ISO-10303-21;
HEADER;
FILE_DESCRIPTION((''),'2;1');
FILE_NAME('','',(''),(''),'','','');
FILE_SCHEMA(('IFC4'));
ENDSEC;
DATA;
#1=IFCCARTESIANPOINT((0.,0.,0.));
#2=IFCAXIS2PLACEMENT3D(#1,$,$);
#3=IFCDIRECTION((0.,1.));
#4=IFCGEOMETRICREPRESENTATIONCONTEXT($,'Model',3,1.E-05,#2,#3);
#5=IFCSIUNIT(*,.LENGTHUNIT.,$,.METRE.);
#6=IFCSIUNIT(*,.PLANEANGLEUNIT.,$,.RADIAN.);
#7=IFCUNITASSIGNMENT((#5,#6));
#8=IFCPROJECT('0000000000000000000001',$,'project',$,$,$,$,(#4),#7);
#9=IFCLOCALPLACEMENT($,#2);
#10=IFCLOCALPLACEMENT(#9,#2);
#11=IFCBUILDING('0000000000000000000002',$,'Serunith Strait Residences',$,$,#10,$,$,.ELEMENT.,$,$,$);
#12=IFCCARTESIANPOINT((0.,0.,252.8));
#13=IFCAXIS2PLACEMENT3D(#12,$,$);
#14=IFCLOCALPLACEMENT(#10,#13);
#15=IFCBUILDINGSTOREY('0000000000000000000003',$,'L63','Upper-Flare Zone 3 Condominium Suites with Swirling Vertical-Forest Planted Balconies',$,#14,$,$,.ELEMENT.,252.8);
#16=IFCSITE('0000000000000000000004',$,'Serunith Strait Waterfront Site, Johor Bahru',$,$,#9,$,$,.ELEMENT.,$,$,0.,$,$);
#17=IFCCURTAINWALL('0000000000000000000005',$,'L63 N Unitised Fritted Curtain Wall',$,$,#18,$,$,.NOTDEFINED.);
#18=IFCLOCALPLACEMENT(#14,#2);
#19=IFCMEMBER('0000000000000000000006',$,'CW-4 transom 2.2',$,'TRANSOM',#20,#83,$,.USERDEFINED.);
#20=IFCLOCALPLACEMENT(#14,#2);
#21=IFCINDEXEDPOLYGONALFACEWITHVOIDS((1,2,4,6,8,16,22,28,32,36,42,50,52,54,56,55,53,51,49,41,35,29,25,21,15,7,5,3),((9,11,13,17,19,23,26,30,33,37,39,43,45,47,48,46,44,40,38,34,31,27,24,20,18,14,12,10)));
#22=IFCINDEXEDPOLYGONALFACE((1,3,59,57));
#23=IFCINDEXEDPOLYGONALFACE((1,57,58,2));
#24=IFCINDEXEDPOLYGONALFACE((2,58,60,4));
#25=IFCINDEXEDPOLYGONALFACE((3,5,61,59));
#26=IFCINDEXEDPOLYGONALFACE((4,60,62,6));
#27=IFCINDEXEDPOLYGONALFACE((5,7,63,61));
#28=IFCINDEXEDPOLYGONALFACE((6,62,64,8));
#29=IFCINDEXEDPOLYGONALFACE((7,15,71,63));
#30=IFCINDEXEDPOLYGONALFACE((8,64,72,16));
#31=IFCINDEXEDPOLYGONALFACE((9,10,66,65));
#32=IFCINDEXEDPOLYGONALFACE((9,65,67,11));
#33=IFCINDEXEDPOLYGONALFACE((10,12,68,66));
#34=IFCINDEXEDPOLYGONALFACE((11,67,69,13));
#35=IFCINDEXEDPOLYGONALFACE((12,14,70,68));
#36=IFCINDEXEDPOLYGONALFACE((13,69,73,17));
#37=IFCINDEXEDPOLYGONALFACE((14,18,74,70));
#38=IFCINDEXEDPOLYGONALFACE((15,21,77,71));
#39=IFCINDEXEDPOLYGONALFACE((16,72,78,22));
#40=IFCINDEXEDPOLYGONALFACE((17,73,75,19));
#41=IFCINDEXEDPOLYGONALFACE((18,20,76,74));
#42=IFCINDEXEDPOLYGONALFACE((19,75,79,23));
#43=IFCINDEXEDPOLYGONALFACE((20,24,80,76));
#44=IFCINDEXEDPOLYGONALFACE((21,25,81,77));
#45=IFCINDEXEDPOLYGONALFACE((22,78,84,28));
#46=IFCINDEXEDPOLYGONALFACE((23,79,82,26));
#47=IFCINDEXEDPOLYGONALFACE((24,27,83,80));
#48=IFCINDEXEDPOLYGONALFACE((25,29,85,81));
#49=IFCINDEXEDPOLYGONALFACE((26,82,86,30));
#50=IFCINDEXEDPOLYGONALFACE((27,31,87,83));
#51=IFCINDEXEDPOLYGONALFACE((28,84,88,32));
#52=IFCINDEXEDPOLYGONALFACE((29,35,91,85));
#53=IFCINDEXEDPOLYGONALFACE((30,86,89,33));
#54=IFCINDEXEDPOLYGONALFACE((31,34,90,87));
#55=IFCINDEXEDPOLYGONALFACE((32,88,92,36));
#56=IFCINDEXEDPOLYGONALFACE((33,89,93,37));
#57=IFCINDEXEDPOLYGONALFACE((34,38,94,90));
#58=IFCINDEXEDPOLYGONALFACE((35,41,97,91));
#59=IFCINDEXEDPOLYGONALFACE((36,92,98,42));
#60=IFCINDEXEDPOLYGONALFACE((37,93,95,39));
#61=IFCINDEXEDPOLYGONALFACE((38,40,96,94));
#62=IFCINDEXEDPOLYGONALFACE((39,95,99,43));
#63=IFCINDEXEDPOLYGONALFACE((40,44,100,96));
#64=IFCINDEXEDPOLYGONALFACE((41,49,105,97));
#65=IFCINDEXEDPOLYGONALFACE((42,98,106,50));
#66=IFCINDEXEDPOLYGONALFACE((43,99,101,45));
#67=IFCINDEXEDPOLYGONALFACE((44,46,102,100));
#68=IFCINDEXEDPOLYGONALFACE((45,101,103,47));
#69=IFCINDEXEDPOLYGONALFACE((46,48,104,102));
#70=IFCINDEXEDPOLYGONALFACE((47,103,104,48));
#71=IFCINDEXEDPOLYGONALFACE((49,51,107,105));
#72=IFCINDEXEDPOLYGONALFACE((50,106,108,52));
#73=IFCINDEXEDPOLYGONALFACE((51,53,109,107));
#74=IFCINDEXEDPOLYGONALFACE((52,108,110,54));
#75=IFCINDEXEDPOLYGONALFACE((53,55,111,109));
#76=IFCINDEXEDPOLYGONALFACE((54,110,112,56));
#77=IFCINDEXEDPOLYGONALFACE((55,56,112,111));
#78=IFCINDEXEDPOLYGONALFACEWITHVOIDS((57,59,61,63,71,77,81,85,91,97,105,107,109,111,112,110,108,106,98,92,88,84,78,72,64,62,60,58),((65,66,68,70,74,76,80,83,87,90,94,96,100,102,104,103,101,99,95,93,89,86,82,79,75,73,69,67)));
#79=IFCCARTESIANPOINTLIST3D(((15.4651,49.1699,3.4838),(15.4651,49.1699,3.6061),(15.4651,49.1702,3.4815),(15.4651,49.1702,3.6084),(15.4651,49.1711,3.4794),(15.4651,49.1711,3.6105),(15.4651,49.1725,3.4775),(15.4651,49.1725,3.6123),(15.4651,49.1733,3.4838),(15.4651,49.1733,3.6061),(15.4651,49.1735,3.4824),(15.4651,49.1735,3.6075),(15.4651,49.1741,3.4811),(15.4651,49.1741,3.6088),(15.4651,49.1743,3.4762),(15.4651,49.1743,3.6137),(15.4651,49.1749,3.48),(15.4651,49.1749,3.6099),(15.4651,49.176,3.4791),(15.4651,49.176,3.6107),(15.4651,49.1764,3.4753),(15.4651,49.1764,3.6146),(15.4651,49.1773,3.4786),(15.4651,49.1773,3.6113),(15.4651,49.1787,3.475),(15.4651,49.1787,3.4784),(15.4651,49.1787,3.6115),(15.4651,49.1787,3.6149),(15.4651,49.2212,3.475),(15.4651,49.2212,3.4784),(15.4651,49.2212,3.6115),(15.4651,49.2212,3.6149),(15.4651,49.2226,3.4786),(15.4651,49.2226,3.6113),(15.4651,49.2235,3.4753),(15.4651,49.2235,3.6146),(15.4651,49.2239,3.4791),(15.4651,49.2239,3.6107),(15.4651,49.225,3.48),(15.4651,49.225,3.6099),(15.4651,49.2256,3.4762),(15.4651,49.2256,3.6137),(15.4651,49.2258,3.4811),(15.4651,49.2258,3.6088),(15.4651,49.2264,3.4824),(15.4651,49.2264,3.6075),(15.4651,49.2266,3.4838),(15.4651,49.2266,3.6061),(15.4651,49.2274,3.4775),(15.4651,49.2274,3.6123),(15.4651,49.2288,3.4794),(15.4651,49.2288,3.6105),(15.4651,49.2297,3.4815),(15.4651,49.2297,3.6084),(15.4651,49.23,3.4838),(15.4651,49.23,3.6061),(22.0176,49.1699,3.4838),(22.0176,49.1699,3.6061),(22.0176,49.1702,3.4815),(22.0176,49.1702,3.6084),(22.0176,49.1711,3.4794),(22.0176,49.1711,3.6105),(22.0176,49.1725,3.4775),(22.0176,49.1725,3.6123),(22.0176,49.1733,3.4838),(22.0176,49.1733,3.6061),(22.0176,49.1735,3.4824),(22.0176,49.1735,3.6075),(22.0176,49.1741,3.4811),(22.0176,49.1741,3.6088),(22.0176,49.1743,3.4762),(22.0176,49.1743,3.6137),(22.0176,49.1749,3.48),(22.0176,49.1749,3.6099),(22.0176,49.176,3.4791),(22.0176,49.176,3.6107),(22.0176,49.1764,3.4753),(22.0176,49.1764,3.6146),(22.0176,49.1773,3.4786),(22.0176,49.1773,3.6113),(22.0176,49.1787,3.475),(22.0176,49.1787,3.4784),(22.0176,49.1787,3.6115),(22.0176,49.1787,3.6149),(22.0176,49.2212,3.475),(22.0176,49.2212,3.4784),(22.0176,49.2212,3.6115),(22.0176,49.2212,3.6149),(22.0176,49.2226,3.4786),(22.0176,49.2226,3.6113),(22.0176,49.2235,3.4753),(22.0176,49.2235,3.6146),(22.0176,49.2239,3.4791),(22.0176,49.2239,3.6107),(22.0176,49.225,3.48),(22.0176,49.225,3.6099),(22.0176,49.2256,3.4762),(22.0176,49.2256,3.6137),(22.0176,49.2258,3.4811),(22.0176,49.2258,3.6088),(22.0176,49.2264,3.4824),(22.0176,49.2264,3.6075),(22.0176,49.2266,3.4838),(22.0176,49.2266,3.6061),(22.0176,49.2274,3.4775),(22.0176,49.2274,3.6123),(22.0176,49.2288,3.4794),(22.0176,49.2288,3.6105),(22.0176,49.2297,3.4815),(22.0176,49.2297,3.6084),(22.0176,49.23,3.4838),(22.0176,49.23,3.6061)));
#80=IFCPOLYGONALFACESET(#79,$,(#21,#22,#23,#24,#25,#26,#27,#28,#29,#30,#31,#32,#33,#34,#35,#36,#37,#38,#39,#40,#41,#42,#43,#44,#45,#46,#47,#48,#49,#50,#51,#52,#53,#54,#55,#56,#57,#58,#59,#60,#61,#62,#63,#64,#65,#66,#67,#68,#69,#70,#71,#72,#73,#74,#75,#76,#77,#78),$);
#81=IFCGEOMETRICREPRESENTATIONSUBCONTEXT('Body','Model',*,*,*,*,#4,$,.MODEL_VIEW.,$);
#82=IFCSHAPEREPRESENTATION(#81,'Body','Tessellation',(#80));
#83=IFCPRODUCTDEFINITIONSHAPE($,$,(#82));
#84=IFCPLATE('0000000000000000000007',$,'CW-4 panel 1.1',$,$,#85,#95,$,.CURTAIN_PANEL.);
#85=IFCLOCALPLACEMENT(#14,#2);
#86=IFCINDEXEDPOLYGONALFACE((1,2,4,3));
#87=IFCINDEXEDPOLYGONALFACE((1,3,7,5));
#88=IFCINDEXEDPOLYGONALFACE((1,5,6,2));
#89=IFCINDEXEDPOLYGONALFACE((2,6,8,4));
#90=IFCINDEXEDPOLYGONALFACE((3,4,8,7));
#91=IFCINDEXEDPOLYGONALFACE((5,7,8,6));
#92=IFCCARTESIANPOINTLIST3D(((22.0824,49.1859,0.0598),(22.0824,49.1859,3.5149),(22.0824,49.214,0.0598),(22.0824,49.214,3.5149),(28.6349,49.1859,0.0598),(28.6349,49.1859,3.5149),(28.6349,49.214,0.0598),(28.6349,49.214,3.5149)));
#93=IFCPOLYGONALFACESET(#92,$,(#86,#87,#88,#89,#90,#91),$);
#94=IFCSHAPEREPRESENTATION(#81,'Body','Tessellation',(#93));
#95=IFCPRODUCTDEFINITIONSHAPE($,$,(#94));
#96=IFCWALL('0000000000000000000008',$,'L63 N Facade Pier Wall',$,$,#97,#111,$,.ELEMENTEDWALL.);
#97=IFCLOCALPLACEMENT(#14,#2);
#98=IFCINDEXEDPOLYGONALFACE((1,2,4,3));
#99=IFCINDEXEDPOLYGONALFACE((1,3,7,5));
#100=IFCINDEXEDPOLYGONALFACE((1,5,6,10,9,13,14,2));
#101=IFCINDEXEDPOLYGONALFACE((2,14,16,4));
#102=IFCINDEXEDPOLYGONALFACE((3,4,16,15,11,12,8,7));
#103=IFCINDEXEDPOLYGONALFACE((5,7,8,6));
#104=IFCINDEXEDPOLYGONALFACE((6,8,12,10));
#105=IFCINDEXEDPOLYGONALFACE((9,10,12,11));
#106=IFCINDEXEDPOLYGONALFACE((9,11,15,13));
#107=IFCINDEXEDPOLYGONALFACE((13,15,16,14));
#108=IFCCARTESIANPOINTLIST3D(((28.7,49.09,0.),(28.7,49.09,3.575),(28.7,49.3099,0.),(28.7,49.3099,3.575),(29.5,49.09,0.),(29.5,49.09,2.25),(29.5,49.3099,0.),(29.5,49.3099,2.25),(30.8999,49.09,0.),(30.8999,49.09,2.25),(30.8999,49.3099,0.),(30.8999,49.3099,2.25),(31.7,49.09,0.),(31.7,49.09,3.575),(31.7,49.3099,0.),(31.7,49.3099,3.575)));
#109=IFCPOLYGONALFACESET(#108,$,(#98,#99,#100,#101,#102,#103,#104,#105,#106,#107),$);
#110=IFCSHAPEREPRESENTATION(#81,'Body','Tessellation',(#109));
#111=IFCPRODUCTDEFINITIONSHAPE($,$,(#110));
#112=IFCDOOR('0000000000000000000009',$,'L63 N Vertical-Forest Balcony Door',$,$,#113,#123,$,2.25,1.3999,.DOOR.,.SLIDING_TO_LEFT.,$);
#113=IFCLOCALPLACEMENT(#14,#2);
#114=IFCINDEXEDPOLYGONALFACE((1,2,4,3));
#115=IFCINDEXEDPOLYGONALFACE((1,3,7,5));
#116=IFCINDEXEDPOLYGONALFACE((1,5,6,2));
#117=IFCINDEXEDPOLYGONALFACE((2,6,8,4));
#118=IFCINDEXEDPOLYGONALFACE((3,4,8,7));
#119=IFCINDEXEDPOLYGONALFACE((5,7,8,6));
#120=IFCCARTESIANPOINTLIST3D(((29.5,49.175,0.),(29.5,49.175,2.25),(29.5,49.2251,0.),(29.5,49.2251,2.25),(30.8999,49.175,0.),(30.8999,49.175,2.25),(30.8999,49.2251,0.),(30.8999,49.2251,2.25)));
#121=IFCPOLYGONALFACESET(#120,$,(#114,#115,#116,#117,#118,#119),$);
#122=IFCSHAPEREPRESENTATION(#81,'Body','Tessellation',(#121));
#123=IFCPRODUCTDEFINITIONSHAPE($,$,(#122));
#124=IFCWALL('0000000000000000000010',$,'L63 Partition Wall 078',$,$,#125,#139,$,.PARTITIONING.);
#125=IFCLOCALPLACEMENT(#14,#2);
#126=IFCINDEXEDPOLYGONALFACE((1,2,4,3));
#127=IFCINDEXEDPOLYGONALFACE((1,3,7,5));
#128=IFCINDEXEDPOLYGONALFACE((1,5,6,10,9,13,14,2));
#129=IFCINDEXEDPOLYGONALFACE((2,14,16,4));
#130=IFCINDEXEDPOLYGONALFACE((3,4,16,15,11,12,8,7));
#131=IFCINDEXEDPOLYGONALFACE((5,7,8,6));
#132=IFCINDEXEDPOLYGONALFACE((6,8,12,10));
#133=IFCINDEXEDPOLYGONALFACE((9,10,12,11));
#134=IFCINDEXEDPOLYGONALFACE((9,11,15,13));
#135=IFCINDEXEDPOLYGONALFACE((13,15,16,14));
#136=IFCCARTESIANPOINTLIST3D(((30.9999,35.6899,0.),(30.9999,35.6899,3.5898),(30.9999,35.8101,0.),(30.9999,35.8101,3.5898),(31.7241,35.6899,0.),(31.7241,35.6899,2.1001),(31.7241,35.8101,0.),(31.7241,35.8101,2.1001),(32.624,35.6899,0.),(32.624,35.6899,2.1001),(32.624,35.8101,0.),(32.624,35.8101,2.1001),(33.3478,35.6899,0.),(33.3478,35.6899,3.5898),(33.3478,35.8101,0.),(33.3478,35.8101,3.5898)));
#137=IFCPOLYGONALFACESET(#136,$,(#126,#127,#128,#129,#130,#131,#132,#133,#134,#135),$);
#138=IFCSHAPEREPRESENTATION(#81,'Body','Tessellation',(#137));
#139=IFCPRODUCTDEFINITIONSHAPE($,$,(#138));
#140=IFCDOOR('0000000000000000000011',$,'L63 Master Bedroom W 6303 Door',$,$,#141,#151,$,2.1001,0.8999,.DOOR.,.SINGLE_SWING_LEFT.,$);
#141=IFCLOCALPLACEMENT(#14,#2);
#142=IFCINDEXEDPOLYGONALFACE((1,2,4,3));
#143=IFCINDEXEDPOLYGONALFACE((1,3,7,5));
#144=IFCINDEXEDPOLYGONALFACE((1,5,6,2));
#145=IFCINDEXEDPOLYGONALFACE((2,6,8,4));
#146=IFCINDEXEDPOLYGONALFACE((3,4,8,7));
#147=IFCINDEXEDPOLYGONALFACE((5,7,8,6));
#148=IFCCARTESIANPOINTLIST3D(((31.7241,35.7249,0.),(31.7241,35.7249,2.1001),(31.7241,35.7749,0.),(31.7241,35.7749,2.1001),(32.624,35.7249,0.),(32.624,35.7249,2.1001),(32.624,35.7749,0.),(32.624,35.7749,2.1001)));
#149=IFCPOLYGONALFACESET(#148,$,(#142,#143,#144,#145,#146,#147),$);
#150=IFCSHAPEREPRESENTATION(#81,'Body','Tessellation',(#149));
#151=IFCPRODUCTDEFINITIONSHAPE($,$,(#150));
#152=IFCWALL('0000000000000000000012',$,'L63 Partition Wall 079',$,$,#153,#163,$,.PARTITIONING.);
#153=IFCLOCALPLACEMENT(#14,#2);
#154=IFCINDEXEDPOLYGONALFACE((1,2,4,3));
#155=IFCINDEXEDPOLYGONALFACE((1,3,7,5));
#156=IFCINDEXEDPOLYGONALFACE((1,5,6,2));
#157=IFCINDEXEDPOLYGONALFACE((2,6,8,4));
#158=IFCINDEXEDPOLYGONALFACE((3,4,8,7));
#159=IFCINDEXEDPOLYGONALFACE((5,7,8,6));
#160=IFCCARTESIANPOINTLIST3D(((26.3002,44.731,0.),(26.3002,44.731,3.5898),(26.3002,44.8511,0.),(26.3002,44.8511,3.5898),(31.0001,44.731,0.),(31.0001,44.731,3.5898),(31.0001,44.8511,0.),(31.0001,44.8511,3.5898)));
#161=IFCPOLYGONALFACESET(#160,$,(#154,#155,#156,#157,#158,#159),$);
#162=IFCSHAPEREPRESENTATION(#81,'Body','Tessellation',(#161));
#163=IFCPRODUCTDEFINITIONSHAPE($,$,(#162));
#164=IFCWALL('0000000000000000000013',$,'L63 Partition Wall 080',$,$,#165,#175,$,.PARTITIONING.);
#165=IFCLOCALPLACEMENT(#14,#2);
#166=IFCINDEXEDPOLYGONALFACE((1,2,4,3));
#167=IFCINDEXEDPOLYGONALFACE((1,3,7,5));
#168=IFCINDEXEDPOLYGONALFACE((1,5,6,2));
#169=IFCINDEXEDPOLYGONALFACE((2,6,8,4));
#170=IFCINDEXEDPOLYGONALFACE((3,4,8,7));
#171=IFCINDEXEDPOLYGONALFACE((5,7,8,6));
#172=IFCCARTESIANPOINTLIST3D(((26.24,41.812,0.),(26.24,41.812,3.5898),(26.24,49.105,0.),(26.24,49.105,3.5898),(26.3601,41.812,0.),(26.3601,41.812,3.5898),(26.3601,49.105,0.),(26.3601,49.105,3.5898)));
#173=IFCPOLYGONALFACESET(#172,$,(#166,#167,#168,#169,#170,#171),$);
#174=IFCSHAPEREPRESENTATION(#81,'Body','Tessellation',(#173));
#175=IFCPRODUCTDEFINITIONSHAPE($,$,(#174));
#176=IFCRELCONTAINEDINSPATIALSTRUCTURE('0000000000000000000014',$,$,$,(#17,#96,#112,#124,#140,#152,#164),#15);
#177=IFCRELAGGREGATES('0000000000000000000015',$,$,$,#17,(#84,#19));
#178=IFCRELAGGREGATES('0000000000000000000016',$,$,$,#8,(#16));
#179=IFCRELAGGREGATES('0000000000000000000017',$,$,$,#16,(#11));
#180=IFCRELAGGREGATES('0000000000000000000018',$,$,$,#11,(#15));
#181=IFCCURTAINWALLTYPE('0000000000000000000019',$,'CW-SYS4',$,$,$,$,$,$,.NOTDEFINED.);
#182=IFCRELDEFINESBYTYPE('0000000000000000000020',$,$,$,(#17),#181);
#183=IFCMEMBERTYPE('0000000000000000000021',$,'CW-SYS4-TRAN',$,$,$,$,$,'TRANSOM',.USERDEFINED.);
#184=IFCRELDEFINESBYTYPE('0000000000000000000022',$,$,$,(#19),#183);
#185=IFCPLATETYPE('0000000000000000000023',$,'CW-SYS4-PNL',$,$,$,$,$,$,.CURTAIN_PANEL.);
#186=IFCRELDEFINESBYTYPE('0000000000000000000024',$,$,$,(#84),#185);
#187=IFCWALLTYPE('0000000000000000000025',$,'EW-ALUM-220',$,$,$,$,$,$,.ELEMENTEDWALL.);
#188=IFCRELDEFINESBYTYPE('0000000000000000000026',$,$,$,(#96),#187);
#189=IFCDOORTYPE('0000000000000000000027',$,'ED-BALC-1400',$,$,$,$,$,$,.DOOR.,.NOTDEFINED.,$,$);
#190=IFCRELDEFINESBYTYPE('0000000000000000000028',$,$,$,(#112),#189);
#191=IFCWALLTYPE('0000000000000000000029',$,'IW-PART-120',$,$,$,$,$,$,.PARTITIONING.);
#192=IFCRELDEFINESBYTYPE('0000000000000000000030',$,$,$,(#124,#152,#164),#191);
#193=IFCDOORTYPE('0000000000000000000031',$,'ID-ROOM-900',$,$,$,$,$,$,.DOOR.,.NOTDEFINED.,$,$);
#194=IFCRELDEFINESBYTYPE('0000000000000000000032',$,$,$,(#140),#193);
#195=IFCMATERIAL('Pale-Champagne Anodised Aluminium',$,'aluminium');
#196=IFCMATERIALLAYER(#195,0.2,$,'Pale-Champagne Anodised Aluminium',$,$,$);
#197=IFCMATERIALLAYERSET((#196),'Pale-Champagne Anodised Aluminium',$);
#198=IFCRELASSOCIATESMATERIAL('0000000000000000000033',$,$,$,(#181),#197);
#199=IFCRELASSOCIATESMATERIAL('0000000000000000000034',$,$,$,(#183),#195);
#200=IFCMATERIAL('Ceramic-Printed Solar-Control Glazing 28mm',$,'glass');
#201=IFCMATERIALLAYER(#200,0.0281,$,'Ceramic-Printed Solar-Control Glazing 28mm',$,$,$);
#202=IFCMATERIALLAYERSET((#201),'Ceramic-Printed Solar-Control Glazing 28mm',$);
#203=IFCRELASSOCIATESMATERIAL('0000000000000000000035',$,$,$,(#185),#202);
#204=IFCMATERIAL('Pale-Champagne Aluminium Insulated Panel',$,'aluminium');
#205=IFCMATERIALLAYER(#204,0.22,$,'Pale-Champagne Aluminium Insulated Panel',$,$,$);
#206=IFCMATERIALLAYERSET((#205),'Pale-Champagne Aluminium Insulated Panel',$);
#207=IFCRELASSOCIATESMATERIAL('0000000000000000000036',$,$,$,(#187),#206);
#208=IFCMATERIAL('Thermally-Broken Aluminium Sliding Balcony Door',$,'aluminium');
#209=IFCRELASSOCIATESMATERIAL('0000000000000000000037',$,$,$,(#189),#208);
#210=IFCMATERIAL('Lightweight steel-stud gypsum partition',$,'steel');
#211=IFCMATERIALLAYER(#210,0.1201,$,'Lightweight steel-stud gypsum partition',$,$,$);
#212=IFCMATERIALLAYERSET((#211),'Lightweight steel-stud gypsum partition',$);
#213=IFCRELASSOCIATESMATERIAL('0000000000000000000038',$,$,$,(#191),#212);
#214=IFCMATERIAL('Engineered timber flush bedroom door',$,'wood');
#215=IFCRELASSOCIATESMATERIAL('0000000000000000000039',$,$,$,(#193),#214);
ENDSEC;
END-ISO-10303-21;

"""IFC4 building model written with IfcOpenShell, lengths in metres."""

from ifc_helpers import new_model, si_unit, direction, frame, frame_2d, origin, origin_2d, place, context, subcontext, project, spatial, rectangle, hollow_rectangle, extrude, source, transform, mapped, material, layer, layer_set, material_profile, profile_set, type_object, element, fill, aggregate, save


model = new_model("IFC4")

# Units and contexts
model_context = context("Model", 3, precision=1e-05, world=origin(), true_north=direction((0.0, 1.0)))
body_context = subcontext(model_context, "Body", "Model", "MODEL_VIEW")
ifc_project = project(units=[si_unit("LENGTHUNIT", "METRE"), si_unit("PLANEANGLEUNIT", "RADIAN")], contexts=[model_context])

# Site, building, storey
site_placement = place(None, origin())
site = spatial("IfcSite", under=ifc_project, at=site_placement, Name="Serunith Strait Waterfront Site, Johor Bahru", CompositionType="ELEMENT", RefElevation=0.0)
building_placement = place(site_placement, origin())
building = spatial("IfcBuilding", under=site, at=building_placement, Name="Serunith Strait Residences", CompositionType="ELEMENT")
storey_placement = place(building_placement, frame((0.0, 0.0, 252.8)))
storey = spatial("IfcBuildingStorey", under=building, at=storey_placement, Name="L63", Description="Upper-Flare Zone 3 Condominium Suites with Swirling Vertical-Forest Planted Balconies", CompositionType="ELEMENT", Elevation=252.8)

# Shared definitions
ifc_material_1 = material(Name="Pale-Champagne Anodised Aluminium", Category="aluminium")
ifc_layer_1 = layer(ifc_material_1, 0.2, Name="Pale-Champagne Anodised Aluminium")
ifc_layer_set_1 = layer_set([ifc_layer_1], Name="Pale-Champagne Anodised Aluminium")
curtain_wall_type = type_object("IfcCurtainWallType", Name="CW-SYS4", PredefinedType="NOTDEFINED", material=ifc_layer_set_1)

# Curtain wall, member, plate
curtain_wall_1_placement = place(storey_placement, origin())
curtain_wall_1 = element("IfcCurtainWall", 1, at=curtain_wall_1_placement, inside=storey, type_object=curtain_wall_type, Name="L63 N Unitised Fritted Curtain Wall", PredefinedType="NOTDEFINED")
ifc_material_profile_1 = material_profile(ifc_material_1, hollow_rectangle(XDim=0.0601, YDim=0.1399, WallThickness=0.0034, InnerFilletRadius=0.0054, OuterFilletRadius=0.0088, at=origin_2d()), Name="ALU 140x60x3.5")
ifc_profile_set_1 = profile_set([ifc_material_profile_1], Name="Pale-Champagne Anodised Aluminium")
member_type_1 = type_object("IfcMemberType", Name="CW-SYS4-TRAN", ElementType="TRANSOM", PredefinedType="USERDEFINED", material=ifc_profile_set_1)
shared_shape_1 = source(origin(), body_context, "Body", "SweptSolid", [
    extrude(hollow_rectangle(XDim=0.0601, YDim=0.1399, WallThickness=0.0034, InnerFilletRadius=0.0054, OuterFilletRadius=0.0088, at=origin_2d()), origin(), (0.0, 0.0, 1.0), 6.5525),
])
member_1_placement = place(storey_placement, frame((22.0176, 49.2, 3.5449), z_axis=(-1.0, 0.0, 0.0), x_axis=(0.0, -1.0, 0.0)))
member_1 = element("IfcMember", 2, at=member_1_placement, type_object=member_type_1, Name="CW-4 transom 2.2", ObjectType="TRANSOM", PredefinedType="USERDEFINED", context=body_context, shape_type="MappedRepresentation", body=[
    mapped(shared_shape_1, transform((0.0, 0.0, 0.0), scale=1.0)),
])
ifc_material_2 = material(Name="Ceramic-Printed Solar-Control Glazing 28mm", Category="glass")
ifc_layer_2 = layer(ifc_material_2, 0.0281, Name="Ceramic-Printed Solar-Control Glazing 28mm")
ifc_layer_set_2 = layer_set([ifc_layer_2], Name="Ceramic-Printed Solar-Control Glazing 28mm")
plate_type = type_object("IfcPlateType", Name="CW-SYS4-PNL", PredefinedType="CURTAIN_PANEL", material=ifc_layer_set_2)
shared_shape_2 = source(origin(), body_context, "Body", "SweptSolid", [
    extrude(rectangle(XDim=6.5525, YDim=0.0281, at=origin_2d()), origin(), (0.0, 0.0, 1.0), 3.4551),
])
plate_placement = place(storey_placement, frame((25.3586, 49.2, 0.0598), z_axis=(0.0, 0.0, 1.0), x_axis=(-1.0, 0.0, 0.0)))
plate = element("IfcPlate", 3, at=plate_placement, type_object=plate_type, Name="CW-4 panel 1.1", PredefinedType="CURTAIN_PANEL", context=body_context, shape_type="MappedRepresentation", body=[
    mapped(shared_shape_2, transform((0.0, 0.0, 0.0), scale=1.0)),
])
aggregate(curtain_wall_1, [plate, member_1])

# Walls, openings, doors
ifc_material_3 = material(Name="Pale-Champagne Aluminium Insulated Panel", Category="aluminium")
ifc_layer_3 = layer(ifc_material_3, 0.22, Name="Pale-Champagne Aluminium Insulated Panel")
ifc_layer_set_3 = layer_set([ifc_layer_3], Name="Pale-Champagne Aluminium Insulated Panel")
wall_type_1 = type_object("IfcWallType", Name="EW-ALUM-220", PredefinedType="ELEMENTEDWALL", material=ifc_layer_set_3)
wall_1_placement = place(storey_placement, frame((31.7, 49.2, 0.0), z_axis=(0.0, 0.0, 1.0), x_axis=(-1.0, 0.0, 0.0)))
wall_1 = element("IfcWall", 4, at=wall_1_placement, inside=storey, type_object=wall_type_1, Name="L63 N Facade Pier Wall", PredefinedType="ELEMENTEDWALL", context=body_context, shape_type="SweptSolid", body=[
    extrude(rectangle(XDim=3.0, YDim=0.22, at=frame_2d((1.5, 0.0))), origin(), (0.0, 0.0, 1.0), 3.575),
])
opening_1_placement = place(wall_1_placement, frame((0.8, 0.0, 0.0)))
opening_1 = element("IfcOpeningElement", 5, at=opening_1_placement, cuts=wall_1, PredefinedType="OPENING", context=body_context, shape_type="SweptSolid", body=[
    extrude(rectangle(XDim=1.3999, YDim=2.25, at=frame_2d((0.7, 1.125))), frame((0.0, 0.1201, 0.0), z_axis=(0.0, -1.0, 0.0), x_axis=(1.0, 0.0, 0.0)), (0.0, 0.0, 1.0), 0.24),
])
ifc_material_4 = material(Name="Thermally-Broken Aluminium Sliding Balcony Door", Category="aluminium")
door_type_1 = type_object("IfcDoorType", Name="ED-BALC-1400", OperationType="NOTDEFINED", PredefinedType="DOOR", material=ifc_material_4)
shared_shape_3 = source(origin(), body_context, "Body", "SweptSolid", [
    extrude(rectangle(XDim=1.3999, YDim=2.25, at=frame_2d((0.7, 1.125))), frame((0.0, 0.0249, 0.0), z_axis=(0.0, -1.0, 0.0), x_axis=(1.0, 0.0, 0.0)), (0.0, 0.0, 1.0), 0.05),
])
door_1_placement = place(opening_1_placement, origin())
door_1 = element("IfcDoor", 6, at=door_1_placement, inside=storey, type_object=door_type_1, Name="L63 N Vertical-Forest Balcony Door", OperationType="SLIDING_TO_LEFT", OverallHeight=2.25, OverallWidth=1.3999, PredefinedType="DOOR", context=body_context, shape_type="MappedRepresentation", body=[
    mapped(shared_shape_3, transform((0.0, 0.0, 0.0), scale=1.0)),
])
fill(opening_1, door_1)
ifc_material_5 = material(Name="Lightweight steel-stud gypsum partition", Category="steel")
ifc_layer_4 = layer(ifc_material_5, 0.1201, Name="Lightweight steel-stud gypsum partition")
ifc_layer_set_4 = layer_set([ifc_layer_4], Name="Lightweight steel-stud gypsum partition")
wall_type_2 = type_object("IfcWallType", Name="IW-PART-120", PredefinedType="PARTITIONING", material=ifc_layer_set_4)
wall_2_placement = place(storey_placement, frame((31.0, 35.75, 0.0), z_axis=(0.0, 0.0, 1.0), x_axis=(1.0, 0.0, 0.0)))
wall_2 = element("IfcWall", 7, at=wall_2_placement, inside=storey, type_object=wall_type_2, Name="L63 Partition Wall 078", PredefinedType="PARTITIONING", context=body_context, shape_type="SweptSolid", body=[
    extrude(rectangle(XDim=2.3479, YDim=0.1201, at=frame_2d((1.1738, 0.0))), origin(), (0.0, 0.0, 1.0), 3.5898),
])
opening_2_placement = place(wall_2_placement, frame((0.7241, 0.0, 0.0)))
opening_2 = element("IfcOpeningElement", 8, at=opening_2_placement, cuts=wall_2, PredefinedType="OPENING", context=body_context, shape_type="SweptSolid", body=[
    extrude(rectangle(XDim=0.8999, YDim=2.1001, at=frame_2d((0.45, 1.05))), frame((0.0, 0.0701, 0.0), z_axis=(0.0, -1.0, 0.0), x_axis=(1.0, 0.0, 0.0)), (0.0, 0.0, 1.0), 0.1401),
])
ifc_material_6 = material(Name="Engineered timber flush bedroom door", Category="wood")
door_type_2 = type_object("IfcDoorType", Name="ID-ROOM-900", OperationType="NOTDEFINED", PredefinedType="DOOR", material=ifc_material_6)
shared_shape_4 = source(origin(), body_context, "Body", "SweptSolid", [
    extrude(rectangle(XDim=0.8999, YDim=2.1001, at=frame_2d((0.45, 1.05))), frame((0.0, 0.0249, 0.0), z_axis=(0.0, -1.0, 0.0), x_axis=(1.0, 0.0, 0.0)), (0.0, 0.0, 1.0), 0.05),
])
door_2_placement = place(opening_2_placement, origin())
door_2 = element("IfcDoor", 9, at=door_2_placement, inside=storey, type_object=door_type_2, Name="L63 Master Bedroom W 6303 Door", OperationType="SINGLE_SWING_LEFT", OverallHeight=2.1001, OverallWidth=0.8999, PredefinedType="DOOR", context=body_context, shape_type="MappedRepresentation", body=[
    mapped(shared_shape_4, transform((0.0, 0.0, 0.0), scale=1.0)),
])
fill(opening_2, door_2)

# Walls
wall_3_placement = place(storey_placement, frame((26.3, 44.791, 0.0), z_axis=(0.0, 0.0, 1.0), x_axis=(1.0, 0.0, 0.0)))
element("IfcWall", 10, at=wall_3_placement, inside=storey, type_object=wall_type_2, Name="L63 Partition Wall 079", PredefinedType="PARTITIONING", context=body_context, shape_type="SweptSolid", body=[
    extrude(rectangle(XDim=4.7, YDim=0.1201, at=frame_2d((2.3501, 0.0))), origin(), (0.0, 0.0, 1.0), 3.5898),
])
wall_4_placement = place(storey_placement, frame((26.3, 49.105, 0.0), z_axis=(0.0, 0.0, 1.0), x_axis=(0.0, -1.0, 0.0)))
element("IfcWall", 11, at=wall_4_placement, inside=storey, type_object=wall_type_2, Name="L63 Partition Wall 080", PredefinedType="PARTITIONING", context=body_context, shape_type="SweptSolid", body=[
    extrude(rectangle(XDim=7.293, YDim=0.1201, at=frame_2d((3.6465, 0.0))), origin(), (0.0, 0.0, 1.0), 3.5898),
])

save(model, "model.ifc")
